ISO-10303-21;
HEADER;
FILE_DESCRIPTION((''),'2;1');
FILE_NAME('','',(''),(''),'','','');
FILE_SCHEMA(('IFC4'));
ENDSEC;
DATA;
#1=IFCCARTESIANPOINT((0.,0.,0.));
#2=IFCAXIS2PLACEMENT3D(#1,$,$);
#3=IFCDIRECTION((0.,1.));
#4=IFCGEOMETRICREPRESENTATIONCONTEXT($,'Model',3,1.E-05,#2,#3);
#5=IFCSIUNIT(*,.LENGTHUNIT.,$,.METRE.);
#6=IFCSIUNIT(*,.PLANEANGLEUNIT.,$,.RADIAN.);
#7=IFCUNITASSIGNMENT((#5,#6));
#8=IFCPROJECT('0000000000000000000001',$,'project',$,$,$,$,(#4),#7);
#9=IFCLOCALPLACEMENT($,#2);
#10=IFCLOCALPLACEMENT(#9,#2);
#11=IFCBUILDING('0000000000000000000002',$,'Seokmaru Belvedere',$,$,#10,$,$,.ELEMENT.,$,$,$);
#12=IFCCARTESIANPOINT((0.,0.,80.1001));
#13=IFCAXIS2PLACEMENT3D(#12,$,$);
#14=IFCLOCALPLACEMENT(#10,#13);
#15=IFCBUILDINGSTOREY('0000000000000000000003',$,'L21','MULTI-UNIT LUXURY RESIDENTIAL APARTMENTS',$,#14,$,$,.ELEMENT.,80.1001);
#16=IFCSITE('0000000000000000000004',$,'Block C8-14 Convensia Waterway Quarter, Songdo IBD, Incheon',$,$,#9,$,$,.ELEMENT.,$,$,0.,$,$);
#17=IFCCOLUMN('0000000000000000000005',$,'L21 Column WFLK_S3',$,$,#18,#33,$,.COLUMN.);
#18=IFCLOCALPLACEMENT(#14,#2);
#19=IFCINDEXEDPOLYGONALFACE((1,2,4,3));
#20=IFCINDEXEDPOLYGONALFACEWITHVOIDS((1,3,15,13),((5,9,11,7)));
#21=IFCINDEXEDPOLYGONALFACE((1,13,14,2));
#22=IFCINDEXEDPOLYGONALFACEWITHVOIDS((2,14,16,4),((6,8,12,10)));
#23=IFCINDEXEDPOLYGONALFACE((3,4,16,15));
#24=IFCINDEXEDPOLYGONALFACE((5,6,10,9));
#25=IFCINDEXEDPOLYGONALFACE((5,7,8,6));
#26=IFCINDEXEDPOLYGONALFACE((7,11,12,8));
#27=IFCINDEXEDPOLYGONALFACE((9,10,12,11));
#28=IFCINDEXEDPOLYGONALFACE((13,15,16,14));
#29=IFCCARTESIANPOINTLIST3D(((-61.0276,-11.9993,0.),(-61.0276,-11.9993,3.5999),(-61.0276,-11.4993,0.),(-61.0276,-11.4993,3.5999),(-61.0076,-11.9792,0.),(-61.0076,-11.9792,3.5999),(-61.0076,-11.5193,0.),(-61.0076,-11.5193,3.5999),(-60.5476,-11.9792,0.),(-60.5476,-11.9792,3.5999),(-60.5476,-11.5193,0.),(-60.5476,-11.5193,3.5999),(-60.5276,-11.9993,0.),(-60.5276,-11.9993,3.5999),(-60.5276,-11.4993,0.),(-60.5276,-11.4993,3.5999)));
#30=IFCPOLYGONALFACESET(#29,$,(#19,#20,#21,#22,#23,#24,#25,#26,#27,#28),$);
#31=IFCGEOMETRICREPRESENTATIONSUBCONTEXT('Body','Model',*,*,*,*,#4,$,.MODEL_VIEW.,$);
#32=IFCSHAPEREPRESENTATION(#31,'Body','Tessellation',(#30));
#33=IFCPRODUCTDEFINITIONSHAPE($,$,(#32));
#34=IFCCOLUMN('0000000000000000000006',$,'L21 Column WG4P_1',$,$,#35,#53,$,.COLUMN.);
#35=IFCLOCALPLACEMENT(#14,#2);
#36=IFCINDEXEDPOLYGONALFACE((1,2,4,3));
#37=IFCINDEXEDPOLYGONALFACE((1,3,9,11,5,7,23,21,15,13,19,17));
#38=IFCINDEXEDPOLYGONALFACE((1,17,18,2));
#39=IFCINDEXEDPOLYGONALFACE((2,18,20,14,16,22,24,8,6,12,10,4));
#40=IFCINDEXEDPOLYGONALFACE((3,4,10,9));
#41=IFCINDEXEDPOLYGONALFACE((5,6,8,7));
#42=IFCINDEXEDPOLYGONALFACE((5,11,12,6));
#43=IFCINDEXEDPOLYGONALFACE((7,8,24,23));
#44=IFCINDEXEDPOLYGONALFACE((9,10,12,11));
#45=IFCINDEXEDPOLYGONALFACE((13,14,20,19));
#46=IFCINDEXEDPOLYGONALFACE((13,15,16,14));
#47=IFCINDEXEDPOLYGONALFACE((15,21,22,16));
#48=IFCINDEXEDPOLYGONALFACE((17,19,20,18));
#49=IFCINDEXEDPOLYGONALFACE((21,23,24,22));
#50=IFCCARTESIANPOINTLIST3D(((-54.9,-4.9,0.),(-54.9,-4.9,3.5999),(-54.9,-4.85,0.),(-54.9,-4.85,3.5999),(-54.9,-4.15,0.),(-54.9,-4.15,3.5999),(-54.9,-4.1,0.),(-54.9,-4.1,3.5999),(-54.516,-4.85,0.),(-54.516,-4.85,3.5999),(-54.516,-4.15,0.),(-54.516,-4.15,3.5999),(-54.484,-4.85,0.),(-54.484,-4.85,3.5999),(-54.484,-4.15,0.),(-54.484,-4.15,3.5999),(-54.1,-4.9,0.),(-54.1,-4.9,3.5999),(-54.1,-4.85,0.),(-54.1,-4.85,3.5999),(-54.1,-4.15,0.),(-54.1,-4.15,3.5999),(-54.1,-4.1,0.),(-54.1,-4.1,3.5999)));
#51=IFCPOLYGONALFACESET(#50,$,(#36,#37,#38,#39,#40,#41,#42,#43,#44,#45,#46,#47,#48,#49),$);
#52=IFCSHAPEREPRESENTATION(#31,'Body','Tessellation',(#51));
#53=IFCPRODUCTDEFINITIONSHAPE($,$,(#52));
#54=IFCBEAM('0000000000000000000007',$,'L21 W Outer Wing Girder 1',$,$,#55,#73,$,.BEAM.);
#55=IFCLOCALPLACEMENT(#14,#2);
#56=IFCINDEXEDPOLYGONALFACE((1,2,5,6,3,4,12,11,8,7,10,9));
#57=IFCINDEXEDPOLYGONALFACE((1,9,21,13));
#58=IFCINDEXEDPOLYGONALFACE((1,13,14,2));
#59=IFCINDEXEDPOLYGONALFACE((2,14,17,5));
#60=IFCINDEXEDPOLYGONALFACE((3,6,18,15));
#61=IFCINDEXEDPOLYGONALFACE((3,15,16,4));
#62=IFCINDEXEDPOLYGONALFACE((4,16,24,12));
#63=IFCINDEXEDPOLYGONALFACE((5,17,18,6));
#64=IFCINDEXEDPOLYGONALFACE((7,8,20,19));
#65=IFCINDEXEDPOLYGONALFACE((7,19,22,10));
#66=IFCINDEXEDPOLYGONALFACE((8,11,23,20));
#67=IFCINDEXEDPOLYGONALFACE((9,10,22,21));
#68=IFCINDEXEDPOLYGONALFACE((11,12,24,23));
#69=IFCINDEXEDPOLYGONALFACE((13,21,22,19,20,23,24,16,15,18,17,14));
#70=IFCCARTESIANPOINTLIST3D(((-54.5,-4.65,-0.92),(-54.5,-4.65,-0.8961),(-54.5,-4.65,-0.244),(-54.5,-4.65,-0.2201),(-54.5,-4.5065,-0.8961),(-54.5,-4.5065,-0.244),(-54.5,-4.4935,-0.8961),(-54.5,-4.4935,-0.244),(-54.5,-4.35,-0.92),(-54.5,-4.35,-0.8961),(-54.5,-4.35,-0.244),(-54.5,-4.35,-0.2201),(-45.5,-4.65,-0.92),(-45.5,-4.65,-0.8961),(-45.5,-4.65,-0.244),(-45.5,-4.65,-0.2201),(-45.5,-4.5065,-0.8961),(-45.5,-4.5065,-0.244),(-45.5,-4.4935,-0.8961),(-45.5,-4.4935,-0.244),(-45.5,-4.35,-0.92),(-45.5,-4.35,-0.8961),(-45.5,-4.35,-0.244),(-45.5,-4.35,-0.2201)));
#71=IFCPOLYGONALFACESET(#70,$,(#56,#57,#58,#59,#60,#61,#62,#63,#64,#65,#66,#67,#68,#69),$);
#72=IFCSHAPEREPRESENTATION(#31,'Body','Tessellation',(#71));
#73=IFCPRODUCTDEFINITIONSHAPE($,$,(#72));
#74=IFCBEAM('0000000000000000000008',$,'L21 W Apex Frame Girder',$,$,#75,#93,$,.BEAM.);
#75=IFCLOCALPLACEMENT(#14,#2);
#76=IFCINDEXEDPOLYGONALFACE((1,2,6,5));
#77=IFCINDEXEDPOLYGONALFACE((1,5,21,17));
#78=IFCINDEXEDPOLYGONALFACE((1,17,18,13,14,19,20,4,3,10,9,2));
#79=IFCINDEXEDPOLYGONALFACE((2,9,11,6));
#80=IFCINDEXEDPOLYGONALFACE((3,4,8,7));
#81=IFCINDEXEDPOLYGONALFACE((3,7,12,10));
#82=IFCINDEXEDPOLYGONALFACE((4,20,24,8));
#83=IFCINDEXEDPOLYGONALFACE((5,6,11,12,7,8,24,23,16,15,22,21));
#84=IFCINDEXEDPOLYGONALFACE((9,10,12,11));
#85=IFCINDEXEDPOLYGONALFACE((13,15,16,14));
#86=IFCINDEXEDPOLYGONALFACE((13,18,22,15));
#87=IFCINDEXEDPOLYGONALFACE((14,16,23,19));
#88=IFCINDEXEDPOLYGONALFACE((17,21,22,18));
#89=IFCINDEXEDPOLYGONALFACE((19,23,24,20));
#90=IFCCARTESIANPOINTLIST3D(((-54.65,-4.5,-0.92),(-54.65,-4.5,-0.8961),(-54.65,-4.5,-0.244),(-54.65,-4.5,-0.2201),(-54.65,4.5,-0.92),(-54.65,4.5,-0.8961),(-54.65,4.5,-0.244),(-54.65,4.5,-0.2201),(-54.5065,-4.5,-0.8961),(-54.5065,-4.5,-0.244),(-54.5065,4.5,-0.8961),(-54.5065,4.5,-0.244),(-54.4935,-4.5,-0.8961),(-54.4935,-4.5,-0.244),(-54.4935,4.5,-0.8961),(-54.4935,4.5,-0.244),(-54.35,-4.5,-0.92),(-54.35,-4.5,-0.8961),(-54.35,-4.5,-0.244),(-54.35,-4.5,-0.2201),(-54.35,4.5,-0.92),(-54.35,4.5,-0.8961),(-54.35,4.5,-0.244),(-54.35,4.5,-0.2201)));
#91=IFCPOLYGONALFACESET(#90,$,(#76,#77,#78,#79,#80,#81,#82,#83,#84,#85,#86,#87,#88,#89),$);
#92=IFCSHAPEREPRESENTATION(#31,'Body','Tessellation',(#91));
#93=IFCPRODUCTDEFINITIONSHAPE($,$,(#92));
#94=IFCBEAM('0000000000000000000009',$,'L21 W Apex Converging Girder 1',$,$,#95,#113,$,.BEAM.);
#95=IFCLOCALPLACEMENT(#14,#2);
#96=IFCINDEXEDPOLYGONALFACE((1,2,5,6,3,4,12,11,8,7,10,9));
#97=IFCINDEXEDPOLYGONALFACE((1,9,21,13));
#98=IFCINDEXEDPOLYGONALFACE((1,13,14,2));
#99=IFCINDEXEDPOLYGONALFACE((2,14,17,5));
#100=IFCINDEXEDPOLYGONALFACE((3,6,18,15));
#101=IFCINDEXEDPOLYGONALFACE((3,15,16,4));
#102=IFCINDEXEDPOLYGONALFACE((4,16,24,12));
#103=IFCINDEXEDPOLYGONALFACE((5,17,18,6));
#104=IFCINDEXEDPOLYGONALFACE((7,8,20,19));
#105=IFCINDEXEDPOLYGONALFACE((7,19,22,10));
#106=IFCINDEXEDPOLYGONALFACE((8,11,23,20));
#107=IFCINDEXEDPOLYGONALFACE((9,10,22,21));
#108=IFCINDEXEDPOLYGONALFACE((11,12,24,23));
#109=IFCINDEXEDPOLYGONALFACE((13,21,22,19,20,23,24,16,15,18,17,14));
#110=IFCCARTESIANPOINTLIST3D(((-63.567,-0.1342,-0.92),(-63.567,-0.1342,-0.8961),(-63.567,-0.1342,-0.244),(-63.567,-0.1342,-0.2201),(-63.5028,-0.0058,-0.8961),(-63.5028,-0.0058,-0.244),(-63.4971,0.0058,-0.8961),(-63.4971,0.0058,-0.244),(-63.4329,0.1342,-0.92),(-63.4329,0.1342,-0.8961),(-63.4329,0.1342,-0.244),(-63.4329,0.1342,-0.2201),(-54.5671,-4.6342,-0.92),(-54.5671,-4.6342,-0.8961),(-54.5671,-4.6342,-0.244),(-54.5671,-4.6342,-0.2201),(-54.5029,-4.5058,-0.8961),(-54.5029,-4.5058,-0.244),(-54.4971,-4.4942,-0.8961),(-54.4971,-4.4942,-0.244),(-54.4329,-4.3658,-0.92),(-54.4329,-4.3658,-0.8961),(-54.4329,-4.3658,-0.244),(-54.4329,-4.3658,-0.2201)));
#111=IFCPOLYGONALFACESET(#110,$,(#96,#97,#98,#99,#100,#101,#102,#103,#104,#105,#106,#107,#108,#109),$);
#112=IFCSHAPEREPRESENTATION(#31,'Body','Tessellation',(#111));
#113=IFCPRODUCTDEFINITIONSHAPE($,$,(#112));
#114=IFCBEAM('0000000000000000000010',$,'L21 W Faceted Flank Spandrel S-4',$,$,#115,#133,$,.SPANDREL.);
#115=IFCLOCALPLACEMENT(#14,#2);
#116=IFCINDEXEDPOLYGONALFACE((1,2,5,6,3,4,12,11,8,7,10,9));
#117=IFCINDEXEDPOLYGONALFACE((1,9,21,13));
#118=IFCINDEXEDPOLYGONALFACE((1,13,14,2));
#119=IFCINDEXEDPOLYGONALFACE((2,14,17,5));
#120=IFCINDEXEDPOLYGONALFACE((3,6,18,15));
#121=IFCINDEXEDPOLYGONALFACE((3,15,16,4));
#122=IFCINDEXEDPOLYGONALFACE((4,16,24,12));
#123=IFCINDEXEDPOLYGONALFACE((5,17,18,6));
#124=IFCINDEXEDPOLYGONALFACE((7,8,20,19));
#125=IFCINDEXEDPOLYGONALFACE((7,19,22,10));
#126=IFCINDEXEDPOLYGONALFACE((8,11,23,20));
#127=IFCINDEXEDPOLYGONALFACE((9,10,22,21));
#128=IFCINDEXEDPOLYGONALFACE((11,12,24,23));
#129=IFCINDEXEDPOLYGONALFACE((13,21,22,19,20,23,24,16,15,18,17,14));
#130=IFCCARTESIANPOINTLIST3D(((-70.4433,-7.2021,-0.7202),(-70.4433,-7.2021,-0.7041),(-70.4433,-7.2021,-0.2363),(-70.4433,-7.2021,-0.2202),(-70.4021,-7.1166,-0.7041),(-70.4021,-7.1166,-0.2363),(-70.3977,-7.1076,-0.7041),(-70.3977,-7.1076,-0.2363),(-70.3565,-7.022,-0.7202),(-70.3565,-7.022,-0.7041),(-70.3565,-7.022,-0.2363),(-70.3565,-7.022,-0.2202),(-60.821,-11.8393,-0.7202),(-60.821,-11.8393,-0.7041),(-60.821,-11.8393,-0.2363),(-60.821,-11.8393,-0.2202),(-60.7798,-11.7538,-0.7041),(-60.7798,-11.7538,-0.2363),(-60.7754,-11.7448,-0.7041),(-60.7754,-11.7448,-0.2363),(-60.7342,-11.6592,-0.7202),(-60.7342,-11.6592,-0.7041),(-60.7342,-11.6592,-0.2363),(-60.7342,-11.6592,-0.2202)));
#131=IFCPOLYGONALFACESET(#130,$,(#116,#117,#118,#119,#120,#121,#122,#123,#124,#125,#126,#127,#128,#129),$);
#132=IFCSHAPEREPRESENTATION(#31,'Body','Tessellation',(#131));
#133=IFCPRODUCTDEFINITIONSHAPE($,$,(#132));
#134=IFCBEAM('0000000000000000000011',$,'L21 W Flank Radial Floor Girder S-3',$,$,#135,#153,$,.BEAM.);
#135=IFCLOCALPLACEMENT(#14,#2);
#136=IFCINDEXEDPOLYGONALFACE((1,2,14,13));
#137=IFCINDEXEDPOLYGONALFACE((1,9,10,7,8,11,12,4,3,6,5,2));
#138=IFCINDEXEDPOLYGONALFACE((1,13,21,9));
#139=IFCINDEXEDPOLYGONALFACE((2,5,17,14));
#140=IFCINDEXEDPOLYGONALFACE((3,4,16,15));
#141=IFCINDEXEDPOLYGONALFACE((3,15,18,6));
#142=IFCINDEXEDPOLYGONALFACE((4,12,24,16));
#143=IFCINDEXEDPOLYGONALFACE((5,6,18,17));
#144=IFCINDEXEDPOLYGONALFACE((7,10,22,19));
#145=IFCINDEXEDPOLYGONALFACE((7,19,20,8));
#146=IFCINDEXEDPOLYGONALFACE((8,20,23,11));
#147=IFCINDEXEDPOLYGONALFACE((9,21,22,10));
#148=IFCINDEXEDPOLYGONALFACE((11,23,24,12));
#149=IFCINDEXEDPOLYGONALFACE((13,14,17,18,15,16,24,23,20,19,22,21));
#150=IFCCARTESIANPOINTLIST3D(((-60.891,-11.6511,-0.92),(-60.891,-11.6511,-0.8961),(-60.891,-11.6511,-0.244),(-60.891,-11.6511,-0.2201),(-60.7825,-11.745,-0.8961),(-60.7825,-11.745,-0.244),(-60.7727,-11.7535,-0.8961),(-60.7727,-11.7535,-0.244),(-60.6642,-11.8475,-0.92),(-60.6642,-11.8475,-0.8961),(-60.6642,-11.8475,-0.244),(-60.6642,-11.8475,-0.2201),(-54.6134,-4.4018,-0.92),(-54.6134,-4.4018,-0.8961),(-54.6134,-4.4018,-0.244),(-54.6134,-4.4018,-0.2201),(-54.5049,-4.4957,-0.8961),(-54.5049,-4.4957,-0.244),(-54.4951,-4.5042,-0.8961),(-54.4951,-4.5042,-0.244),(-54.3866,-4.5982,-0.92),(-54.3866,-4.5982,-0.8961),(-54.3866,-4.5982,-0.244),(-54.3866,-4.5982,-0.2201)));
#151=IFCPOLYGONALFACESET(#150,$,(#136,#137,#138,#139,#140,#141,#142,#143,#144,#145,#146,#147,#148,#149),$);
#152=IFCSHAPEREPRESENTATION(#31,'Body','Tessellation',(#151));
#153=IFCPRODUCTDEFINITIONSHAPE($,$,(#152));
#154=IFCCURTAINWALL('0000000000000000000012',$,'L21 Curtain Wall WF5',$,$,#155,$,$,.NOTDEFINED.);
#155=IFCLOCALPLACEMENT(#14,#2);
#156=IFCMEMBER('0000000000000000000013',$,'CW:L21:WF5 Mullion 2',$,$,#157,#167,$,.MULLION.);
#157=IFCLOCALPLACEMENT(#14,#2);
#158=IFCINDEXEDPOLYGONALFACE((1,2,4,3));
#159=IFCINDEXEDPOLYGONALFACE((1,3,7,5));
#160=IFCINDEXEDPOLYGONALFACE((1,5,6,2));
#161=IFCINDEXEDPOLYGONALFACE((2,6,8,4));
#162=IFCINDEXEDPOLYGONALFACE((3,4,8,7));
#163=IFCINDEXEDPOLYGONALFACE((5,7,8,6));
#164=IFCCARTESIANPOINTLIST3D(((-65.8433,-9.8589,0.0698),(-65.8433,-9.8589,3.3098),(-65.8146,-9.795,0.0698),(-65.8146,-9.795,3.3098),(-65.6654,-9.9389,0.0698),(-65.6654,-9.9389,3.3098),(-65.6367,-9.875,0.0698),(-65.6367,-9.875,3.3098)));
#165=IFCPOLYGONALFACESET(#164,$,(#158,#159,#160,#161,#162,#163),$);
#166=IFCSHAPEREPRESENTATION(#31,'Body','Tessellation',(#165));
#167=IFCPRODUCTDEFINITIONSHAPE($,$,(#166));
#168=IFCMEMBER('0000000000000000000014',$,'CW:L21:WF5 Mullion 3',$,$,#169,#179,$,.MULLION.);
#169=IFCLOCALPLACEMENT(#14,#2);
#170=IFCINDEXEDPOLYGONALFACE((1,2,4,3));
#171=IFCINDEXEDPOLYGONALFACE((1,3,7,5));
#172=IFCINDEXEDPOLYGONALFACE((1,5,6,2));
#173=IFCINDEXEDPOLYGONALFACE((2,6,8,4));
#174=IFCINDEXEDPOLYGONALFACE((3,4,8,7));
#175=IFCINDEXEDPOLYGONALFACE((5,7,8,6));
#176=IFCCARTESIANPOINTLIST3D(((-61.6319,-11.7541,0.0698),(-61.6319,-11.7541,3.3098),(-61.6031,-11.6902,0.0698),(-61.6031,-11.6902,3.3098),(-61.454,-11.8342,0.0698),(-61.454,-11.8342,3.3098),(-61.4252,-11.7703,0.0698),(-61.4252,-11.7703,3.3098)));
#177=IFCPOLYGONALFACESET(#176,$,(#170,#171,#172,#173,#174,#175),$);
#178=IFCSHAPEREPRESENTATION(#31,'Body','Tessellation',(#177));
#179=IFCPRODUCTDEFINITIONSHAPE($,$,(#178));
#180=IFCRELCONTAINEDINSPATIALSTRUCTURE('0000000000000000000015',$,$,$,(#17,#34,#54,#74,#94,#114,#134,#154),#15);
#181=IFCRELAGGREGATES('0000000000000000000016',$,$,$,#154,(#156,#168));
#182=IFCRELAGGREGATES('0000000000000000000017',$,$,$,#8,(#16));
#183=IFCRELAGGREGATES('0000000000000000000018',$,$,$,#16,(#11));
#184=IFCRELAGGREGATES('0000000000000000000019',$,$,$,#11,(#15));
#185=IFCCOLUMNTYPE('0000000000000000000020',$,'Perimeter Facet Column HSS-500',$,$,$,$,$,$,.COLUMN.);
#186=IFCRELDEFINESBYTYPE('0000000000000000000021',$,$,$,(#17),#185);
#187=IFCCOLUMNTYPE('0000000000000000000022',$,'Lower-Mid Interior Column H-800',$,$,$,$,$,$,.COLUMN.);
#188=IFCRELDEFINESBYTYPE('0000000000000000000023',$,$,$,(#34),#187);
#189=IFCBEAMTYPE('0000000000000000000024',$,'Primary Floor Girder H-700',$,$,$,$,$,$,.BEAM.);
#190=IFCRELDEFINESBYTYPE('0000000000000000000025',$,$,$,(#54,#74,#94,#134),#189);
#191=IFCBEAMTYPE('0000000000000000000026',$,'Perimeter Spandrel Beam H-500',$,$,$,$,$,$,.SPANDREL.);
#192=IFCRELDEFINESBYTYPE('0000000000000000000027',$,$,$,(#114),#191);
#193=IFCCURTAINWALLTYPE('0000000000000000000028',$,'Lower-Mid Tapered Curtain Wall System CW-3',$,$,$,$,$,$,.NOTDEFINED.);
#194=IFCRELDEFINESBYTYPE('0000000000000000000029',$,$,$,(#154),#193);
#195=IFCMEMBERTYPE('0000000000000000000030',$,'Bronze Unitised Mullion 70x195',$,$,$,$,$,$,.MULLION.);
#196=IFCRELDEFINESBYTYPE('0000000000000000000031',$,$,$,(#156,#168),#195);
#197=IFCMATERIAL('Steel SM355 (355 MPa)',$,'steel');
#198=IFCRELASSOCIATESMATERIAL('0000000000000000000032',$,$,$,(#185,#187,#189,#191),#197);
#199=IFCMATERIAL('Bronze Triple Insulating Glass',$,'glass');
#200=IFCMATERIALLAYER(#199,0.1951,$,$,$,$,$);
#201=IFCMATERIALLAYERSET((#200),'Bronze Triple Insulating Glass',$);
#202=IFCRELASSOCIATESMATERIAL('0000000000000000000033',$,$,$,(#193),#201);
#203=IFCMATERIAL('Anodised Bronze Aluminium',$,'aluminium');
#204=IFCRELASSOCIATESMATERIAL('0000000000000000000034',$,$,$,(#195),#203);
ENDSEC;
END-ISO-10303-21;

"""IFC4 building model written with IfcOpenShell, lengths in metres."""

from ifc_helpers import new_model, si_unit, direction, frame, origin, origin_2d, place, context, subcontext, project, spatial, rectangle, hollow_rectangle, i_section, extrude, source, transform, mapped, material, layer, layer_set, material_profile, profile_set, type_object, type_shapes, element, aggregate, save


model = new_model("IFC4")

# Units and contexts
model_context = context("Model", 3, precision=1e-05, world=origin(), true_north=direction((0.0, 1.0)))
body_context = subcontext(model_context, "Body", "Model", "MODEL_VIEW")
ifc_project = project(units=[si_unit("LENGTHUNIT", "METRE"), si_unit("PLANEANGLEUNIT", "RADIAN")], contexts=[model_context])

# Site, building, storey
site_placement = place(None, origin())
site = spatial("IfcSite", under=ifc_project, at=site_placement, Name="Block C8-14 Convensia Waterway Quarter, Songdo IBD, Incheon", CompositionType="ELEMENT", RefElevation=0.0)
building_placement = place(site_placement, origin())
building = spatial("IfcBuilding", under=site, at=building_placement, Name="Seokmaru Belvedere", CompositionType="ELEMENT")
storey_placement = place(building_placement, frame((0.0, 0.0, 80.1001)))
storey = spatial("IfcBuildingStorey", under=building, at=storey_placement, Name="L21", Description="MULTI-UNIT LUXURY RESIDENTIAL APARTMENTS", CompositionType="ELEMENT", Elevation=80.1001)

# Columns
ifc_material_1 = material(Name="Steel SM355 (355 MPa)", Category="steel")
ifc_material_profile_1 = material_profile(ifc_material_1, hollow_rectangle(XDim=0.5, YDim=0.5, WallThickness=0.02, at=origin_2d()), Name="HSS-500x500x20")
ifc_profile_set_1 = profile_set([ifc_material_profile_1], Name="Steel SM355 (355 MPa)")
column_type_1 = type_object("IfcColumnType", Name="Perimeter Facet Column HSS-500", PredefinedType="COLUMN", material=ifc_profile_set_1)
shared_shape_1 = source(origin(), body_context, "Body", "SweptSolid", [
    extrude(hollow_rectangle(XDim=0.5, YDim=0.5, WallThickness=0.02, at=origin_2d()), origin(), (0.0, 0.0, 1.0), 3.5999),
])
type_shapes(column_type_1, [shared_shape_1])
column_1_placement = place(storey_placement, frame((-60.7776, -11.7493, 0.0), z_axis=(0.0, 0.0, 1.0), x_axis=(1.0, 0.0, 0.0)))
element("IfcColumn", 1, at=column_1_placement, inside=storey, type_object=column_type_1, Name="L21 Column WFLK_S3", PredefinedType="COLUMN", context=body_context, shape_type="MappedRepresentation", body=[
    mapped(shared_shape_1, transform((0.0, 0.0, 0.0), scale=1.0)),
])
ifc_material_profile_2 = material_profile(ifc_material_1, i_section(OverallWidth=0.8, OverallDepth=0.8, WebThickness=0.032, FlangeThickness=0.05, at=origin_2d()), Name="H-800x800x32x50")
ifc_profile_set_2 = profile_set([ifc_material_profile_2], Name="Steel SM355 (355 MPa)")
column_type_2 = type_object("IfcColumnType", Name="Lower-Mid Interior Column H-800", PredefinedType="COLUMN", material=ifc_profile_set_2)
shared_shape_2 = source(origin(), body_context, "Body", "SweptSolid", [
    extrude(i_section(OverallWidth=0.8, OverallDepth=0.8, WebThickness=0.032, FlangeThickness=0.05, at=origin_2d()), origin(), (0.0, 0.0, 1.0), 3.5999),
])
type_shapes(column_type_2, [shared_shape_2])
column_2_placement = place(storey_placement, frame((-54.5, -4.5, 0.0), z_axis=(0.0, 0.0, 1.0), x_axis=(1.0, 0.0, 0.0)))
element("IfcColumn", 2, at=column_2_placement, inside=storey, type_object=column_type_2, Name="L21 Column WG4P_1", PredefinedType="COLUMN", context=body_context, shape_type="MappedRepresentation", body=[
    mapped(shared_shape_2, transform((0.0, 0.0, 0.0), scale=1.0)),
])

# Beams
ifc_material_profile_3 = material_profile(ifc_material_1, i_section(OverallWidth=0.3, OverallDepth=0.7, WebThickness=0.0129, FlangeThickness=0.0239, at=origin_2d()), Name="H-700x300x13x24")
ifc_profile_set_3 = profile_set([ifc_material_profile_3], Name="Steel SM355 (355 MPa)")
beam_type_1 = type_object("IfcBeamType", Name="Primary Floor Girder H-700", PredefinedType="BEAM", material=ifc_profile_set_3)
shared_shape_3 = source(origin(), body_context, "Body", "SweptSolid", [
    extrude(i_section(OverallWidth=0.3, OverallDepth=0.7, WebThickness=0.0129, FlangeThickness=0.0239, at=origin_2d()), origin(), (0.0, 0.0, 1.0), 9.0),
])
for number, where, z_axis, x_axis, name in (
    (3, (-54.5, -4.5, -0.5701), (1.0, 0.0, 0.0), (0.0, 1.0, 0.0), "L21 W Outer Wing Girder 1"),
    (4, (-54.5, -4.5, -0.5701), (0.0, 1.0, 0.0), (-1.0, 0.0, 0.0), "L21 W Apex Frame Girder"),
):
    element("IfcBeam", number, at=place(storey_placement, frame(where, z_axis=z_axis, x_axis=x_axis)), inside=storey, type_object=beam_type_1, Name=name, PredefinedType="BEAM", context=body_context, shape_type="MappedRepresentation", body=[
        mapped(shared_shape_3, transform((0.0, 0.0, 0.0), scale=1.0)),
    ])
shared_shape_4 = source(origin(), body_context, "Body", "SweptSolid", [
    extrude(i_section(OverallWidth=0.3, OverallDepth=0.7, WebThickness=0.0129, FlangeThickness=0.0239, at=origin_2d()), origin(), (0.0, 0.0, 1.0), 10.0623),
])
beam_1_placement = place(storey_placement, frame((-54.5, -4.5, -0.5701), z_axis=(-0.894427, 0.447214, 0.0), x_axis=(-0.447214, -0.894427, 0.0)))
element("IfcBeam", 5, at=beam_1_placement, inside=storey, type_object=beam_type_1, Name="L21 W Apex Converging Girder 1", PredefinedType="BEAM", context=body_context, shape_type="MappedRepresentation", body=[
    mapped(shared_shape_4, transform((0.0, 0.0, 0.0), scale=1.0)),
])
ifc_material_profile_4 = material_profile(ifc_material_1, i_section(OverallWidth=0.2, OverallDepth=0.5, WebThickness=0.01, FlangeThickness=0.0161, at=origin_2d()), Name="H-500x200x10x16")
ifc_profile_set_4 = profile_set([ifc_material_profile_4], Name="Steel SM355 (355 MPa)")
beam_type_2 = type_object("IfcBeamType", Name="Perimeter Spandrel Beam H-500", PredefinedType="SPANDREL", material=ifc_profile_set_4)
shared_shape_5 = source(origin(), body_context, "Body", "SweptSolid", [
    extrude(i_section(OverallWidth=0.2, OverallDepth=0.5, WebThickness=0.01, FlangeThickness=0.0161, at=origin_2d()), origin(), (0.0, 0.0, 1.0), 10.6814),
])
type_shapes(beam_type_2, [shared_shape_5])
beam_2_placement = place(storey_placement, frame((-60.7776, -11.7493, -0.4702), z_axis=(-0.900846, 0.434138, 0.0), x_axis=(-0.434138, -0.900846, 0.0)))
element("IfcBeam", 6, at=beam_2_placement, inside=storey, type_object=beam_type_2, Name="L21 W Faceted Flank Spandrel S-4", PredefinedType="SPANDREL", context=body_context, shape_type="MappedRepresentation", body=[
    mapped(shared_shape_5, transform((0.0, 0.0, 0.0), scale=1.0)),
])
shared_shape_6 = source(origin(), body_context, "Body", "SweptSolid", [
    extrude(i_section(OverallWidth=0.3, OverallDepth=0.7, WebThickness=0.0129, FlangeThickness=0.0239, at=origin_2d()), origin(), (0.0, 0.0, 1.0), 9.5896),
])
type_shapes(beam_type_1, [shared_shape_3, shared_shape_4, shared_shape_6])
beam_3_placement = place(storey_placement, frame((-60.7776, -11.7493, -0.5701), z_axis=(0.654626, 0.755953, 0.0), x_axis=(-0.755953, 0.654626, 0.0)))
element("IfcBeam", 7, at=beam_3_placement, inside=storey, type_object=beam_type_1, Name="L21 W Flank Radial Floor Girder S-3", PredefinedType="BEAM", context=body_context, shape_type="MappedRepresentation", body=[
    mapped(shared_shape_6, transform((0.0, 0.0, 0.0), scale=1.0)),
])

# Curtain wall, members
ifc_material_2 = material(Name="Bronze Triple Insulating Glass", Category="glass")
ifc_layer_1 = layer(ifc_material_2, 0.1951)
ifc_layer_set_1 = layer_set([ifc_layer_1], Name="Bronze Triple Insulating Glass")
curtain_wall_type = type_object("IfcCurtainWallType", Name="Lower-Mid Tapered Curtain Wall System CW-3", PredefinedType="NOTDEFINED", material=ifc_layer_set_1)
curtain_wall_placement = place(storey_placement, origin())
curtain_wall = element("IfcCurtainWall", 8, at=curtain_wall_placement, inside=storey, type_object=curtain_wall_type, Name="L21 Curtain Wall WF5", PredefinedType="NOTDEFINED")
ifc_material_3 = material(Name="Anodised Bronze Aluminium", Category="aluminium")
ifc_material_profile_5 = material_profile(ifc_material_3, rectangle(XDim=0.0701, YDim=0.1951, at=origin_2d()), Name="CW-M-70x195")
ifc_profile_set_5 = profile_set([ifc_material_profile_5], Name="Anodised Bronze Aluminium")
member_type = type_object("IfcMemberType", Name="Bronze Unitised Mullion 70x195", PredefinedType="MULLION", material=ifc_profile_set_5)
shared_shape_7 = source(origin(), body_context, "Body", "SweptSolid", [
    extrude(rectangle(XDim=0.0701, YDim=0.1951, at=origin_2d()), origin(), (0.0, 0.0, 1.0), 3.24),
])
type_shapes(member_type, [shared_shape_7])
member_1_placement = place(storey_placement, frame((-65.74, -9.8669, 0.0698), z_axis=(0.0, 0.0, 1.0), x_axis=(0.410366, 0.911921, 0.0)))
member_1 = element("IfcMember", 9, at=member_1_placement, type_object=member_type, Name="CW:L21:WF5 Mullion 2", PredefinedType="MULLION", context=body_context, shape_type="MappedRepresentation", body=[
    mapped(shared_shape_7, transform((0.0, 0.0, 0.0), scale=1.0)),
])
member_2_placement = place(storey_placement, frame((-61.5286, -11.7622, 0.0698), z_axis=(0.0, 0.0, 1.0), x_axis=(0.410366, 0.911921, 0.0)))
member_2 = element("IfcMember", 10, at=member_2_placement, type_object=member_type, Name="CW:L21:WF5 Mullion 3", PredefinedType="MULLION", context=body_context, shape_type="MappedRepresentation", body=[
    mapped(shared_shape_7, transform((0.0, 0.0, 0.0), scale=1.0)),
])
aggregate(curtain_wall, [member_1, member_2])

save(model, "model.ifc")
